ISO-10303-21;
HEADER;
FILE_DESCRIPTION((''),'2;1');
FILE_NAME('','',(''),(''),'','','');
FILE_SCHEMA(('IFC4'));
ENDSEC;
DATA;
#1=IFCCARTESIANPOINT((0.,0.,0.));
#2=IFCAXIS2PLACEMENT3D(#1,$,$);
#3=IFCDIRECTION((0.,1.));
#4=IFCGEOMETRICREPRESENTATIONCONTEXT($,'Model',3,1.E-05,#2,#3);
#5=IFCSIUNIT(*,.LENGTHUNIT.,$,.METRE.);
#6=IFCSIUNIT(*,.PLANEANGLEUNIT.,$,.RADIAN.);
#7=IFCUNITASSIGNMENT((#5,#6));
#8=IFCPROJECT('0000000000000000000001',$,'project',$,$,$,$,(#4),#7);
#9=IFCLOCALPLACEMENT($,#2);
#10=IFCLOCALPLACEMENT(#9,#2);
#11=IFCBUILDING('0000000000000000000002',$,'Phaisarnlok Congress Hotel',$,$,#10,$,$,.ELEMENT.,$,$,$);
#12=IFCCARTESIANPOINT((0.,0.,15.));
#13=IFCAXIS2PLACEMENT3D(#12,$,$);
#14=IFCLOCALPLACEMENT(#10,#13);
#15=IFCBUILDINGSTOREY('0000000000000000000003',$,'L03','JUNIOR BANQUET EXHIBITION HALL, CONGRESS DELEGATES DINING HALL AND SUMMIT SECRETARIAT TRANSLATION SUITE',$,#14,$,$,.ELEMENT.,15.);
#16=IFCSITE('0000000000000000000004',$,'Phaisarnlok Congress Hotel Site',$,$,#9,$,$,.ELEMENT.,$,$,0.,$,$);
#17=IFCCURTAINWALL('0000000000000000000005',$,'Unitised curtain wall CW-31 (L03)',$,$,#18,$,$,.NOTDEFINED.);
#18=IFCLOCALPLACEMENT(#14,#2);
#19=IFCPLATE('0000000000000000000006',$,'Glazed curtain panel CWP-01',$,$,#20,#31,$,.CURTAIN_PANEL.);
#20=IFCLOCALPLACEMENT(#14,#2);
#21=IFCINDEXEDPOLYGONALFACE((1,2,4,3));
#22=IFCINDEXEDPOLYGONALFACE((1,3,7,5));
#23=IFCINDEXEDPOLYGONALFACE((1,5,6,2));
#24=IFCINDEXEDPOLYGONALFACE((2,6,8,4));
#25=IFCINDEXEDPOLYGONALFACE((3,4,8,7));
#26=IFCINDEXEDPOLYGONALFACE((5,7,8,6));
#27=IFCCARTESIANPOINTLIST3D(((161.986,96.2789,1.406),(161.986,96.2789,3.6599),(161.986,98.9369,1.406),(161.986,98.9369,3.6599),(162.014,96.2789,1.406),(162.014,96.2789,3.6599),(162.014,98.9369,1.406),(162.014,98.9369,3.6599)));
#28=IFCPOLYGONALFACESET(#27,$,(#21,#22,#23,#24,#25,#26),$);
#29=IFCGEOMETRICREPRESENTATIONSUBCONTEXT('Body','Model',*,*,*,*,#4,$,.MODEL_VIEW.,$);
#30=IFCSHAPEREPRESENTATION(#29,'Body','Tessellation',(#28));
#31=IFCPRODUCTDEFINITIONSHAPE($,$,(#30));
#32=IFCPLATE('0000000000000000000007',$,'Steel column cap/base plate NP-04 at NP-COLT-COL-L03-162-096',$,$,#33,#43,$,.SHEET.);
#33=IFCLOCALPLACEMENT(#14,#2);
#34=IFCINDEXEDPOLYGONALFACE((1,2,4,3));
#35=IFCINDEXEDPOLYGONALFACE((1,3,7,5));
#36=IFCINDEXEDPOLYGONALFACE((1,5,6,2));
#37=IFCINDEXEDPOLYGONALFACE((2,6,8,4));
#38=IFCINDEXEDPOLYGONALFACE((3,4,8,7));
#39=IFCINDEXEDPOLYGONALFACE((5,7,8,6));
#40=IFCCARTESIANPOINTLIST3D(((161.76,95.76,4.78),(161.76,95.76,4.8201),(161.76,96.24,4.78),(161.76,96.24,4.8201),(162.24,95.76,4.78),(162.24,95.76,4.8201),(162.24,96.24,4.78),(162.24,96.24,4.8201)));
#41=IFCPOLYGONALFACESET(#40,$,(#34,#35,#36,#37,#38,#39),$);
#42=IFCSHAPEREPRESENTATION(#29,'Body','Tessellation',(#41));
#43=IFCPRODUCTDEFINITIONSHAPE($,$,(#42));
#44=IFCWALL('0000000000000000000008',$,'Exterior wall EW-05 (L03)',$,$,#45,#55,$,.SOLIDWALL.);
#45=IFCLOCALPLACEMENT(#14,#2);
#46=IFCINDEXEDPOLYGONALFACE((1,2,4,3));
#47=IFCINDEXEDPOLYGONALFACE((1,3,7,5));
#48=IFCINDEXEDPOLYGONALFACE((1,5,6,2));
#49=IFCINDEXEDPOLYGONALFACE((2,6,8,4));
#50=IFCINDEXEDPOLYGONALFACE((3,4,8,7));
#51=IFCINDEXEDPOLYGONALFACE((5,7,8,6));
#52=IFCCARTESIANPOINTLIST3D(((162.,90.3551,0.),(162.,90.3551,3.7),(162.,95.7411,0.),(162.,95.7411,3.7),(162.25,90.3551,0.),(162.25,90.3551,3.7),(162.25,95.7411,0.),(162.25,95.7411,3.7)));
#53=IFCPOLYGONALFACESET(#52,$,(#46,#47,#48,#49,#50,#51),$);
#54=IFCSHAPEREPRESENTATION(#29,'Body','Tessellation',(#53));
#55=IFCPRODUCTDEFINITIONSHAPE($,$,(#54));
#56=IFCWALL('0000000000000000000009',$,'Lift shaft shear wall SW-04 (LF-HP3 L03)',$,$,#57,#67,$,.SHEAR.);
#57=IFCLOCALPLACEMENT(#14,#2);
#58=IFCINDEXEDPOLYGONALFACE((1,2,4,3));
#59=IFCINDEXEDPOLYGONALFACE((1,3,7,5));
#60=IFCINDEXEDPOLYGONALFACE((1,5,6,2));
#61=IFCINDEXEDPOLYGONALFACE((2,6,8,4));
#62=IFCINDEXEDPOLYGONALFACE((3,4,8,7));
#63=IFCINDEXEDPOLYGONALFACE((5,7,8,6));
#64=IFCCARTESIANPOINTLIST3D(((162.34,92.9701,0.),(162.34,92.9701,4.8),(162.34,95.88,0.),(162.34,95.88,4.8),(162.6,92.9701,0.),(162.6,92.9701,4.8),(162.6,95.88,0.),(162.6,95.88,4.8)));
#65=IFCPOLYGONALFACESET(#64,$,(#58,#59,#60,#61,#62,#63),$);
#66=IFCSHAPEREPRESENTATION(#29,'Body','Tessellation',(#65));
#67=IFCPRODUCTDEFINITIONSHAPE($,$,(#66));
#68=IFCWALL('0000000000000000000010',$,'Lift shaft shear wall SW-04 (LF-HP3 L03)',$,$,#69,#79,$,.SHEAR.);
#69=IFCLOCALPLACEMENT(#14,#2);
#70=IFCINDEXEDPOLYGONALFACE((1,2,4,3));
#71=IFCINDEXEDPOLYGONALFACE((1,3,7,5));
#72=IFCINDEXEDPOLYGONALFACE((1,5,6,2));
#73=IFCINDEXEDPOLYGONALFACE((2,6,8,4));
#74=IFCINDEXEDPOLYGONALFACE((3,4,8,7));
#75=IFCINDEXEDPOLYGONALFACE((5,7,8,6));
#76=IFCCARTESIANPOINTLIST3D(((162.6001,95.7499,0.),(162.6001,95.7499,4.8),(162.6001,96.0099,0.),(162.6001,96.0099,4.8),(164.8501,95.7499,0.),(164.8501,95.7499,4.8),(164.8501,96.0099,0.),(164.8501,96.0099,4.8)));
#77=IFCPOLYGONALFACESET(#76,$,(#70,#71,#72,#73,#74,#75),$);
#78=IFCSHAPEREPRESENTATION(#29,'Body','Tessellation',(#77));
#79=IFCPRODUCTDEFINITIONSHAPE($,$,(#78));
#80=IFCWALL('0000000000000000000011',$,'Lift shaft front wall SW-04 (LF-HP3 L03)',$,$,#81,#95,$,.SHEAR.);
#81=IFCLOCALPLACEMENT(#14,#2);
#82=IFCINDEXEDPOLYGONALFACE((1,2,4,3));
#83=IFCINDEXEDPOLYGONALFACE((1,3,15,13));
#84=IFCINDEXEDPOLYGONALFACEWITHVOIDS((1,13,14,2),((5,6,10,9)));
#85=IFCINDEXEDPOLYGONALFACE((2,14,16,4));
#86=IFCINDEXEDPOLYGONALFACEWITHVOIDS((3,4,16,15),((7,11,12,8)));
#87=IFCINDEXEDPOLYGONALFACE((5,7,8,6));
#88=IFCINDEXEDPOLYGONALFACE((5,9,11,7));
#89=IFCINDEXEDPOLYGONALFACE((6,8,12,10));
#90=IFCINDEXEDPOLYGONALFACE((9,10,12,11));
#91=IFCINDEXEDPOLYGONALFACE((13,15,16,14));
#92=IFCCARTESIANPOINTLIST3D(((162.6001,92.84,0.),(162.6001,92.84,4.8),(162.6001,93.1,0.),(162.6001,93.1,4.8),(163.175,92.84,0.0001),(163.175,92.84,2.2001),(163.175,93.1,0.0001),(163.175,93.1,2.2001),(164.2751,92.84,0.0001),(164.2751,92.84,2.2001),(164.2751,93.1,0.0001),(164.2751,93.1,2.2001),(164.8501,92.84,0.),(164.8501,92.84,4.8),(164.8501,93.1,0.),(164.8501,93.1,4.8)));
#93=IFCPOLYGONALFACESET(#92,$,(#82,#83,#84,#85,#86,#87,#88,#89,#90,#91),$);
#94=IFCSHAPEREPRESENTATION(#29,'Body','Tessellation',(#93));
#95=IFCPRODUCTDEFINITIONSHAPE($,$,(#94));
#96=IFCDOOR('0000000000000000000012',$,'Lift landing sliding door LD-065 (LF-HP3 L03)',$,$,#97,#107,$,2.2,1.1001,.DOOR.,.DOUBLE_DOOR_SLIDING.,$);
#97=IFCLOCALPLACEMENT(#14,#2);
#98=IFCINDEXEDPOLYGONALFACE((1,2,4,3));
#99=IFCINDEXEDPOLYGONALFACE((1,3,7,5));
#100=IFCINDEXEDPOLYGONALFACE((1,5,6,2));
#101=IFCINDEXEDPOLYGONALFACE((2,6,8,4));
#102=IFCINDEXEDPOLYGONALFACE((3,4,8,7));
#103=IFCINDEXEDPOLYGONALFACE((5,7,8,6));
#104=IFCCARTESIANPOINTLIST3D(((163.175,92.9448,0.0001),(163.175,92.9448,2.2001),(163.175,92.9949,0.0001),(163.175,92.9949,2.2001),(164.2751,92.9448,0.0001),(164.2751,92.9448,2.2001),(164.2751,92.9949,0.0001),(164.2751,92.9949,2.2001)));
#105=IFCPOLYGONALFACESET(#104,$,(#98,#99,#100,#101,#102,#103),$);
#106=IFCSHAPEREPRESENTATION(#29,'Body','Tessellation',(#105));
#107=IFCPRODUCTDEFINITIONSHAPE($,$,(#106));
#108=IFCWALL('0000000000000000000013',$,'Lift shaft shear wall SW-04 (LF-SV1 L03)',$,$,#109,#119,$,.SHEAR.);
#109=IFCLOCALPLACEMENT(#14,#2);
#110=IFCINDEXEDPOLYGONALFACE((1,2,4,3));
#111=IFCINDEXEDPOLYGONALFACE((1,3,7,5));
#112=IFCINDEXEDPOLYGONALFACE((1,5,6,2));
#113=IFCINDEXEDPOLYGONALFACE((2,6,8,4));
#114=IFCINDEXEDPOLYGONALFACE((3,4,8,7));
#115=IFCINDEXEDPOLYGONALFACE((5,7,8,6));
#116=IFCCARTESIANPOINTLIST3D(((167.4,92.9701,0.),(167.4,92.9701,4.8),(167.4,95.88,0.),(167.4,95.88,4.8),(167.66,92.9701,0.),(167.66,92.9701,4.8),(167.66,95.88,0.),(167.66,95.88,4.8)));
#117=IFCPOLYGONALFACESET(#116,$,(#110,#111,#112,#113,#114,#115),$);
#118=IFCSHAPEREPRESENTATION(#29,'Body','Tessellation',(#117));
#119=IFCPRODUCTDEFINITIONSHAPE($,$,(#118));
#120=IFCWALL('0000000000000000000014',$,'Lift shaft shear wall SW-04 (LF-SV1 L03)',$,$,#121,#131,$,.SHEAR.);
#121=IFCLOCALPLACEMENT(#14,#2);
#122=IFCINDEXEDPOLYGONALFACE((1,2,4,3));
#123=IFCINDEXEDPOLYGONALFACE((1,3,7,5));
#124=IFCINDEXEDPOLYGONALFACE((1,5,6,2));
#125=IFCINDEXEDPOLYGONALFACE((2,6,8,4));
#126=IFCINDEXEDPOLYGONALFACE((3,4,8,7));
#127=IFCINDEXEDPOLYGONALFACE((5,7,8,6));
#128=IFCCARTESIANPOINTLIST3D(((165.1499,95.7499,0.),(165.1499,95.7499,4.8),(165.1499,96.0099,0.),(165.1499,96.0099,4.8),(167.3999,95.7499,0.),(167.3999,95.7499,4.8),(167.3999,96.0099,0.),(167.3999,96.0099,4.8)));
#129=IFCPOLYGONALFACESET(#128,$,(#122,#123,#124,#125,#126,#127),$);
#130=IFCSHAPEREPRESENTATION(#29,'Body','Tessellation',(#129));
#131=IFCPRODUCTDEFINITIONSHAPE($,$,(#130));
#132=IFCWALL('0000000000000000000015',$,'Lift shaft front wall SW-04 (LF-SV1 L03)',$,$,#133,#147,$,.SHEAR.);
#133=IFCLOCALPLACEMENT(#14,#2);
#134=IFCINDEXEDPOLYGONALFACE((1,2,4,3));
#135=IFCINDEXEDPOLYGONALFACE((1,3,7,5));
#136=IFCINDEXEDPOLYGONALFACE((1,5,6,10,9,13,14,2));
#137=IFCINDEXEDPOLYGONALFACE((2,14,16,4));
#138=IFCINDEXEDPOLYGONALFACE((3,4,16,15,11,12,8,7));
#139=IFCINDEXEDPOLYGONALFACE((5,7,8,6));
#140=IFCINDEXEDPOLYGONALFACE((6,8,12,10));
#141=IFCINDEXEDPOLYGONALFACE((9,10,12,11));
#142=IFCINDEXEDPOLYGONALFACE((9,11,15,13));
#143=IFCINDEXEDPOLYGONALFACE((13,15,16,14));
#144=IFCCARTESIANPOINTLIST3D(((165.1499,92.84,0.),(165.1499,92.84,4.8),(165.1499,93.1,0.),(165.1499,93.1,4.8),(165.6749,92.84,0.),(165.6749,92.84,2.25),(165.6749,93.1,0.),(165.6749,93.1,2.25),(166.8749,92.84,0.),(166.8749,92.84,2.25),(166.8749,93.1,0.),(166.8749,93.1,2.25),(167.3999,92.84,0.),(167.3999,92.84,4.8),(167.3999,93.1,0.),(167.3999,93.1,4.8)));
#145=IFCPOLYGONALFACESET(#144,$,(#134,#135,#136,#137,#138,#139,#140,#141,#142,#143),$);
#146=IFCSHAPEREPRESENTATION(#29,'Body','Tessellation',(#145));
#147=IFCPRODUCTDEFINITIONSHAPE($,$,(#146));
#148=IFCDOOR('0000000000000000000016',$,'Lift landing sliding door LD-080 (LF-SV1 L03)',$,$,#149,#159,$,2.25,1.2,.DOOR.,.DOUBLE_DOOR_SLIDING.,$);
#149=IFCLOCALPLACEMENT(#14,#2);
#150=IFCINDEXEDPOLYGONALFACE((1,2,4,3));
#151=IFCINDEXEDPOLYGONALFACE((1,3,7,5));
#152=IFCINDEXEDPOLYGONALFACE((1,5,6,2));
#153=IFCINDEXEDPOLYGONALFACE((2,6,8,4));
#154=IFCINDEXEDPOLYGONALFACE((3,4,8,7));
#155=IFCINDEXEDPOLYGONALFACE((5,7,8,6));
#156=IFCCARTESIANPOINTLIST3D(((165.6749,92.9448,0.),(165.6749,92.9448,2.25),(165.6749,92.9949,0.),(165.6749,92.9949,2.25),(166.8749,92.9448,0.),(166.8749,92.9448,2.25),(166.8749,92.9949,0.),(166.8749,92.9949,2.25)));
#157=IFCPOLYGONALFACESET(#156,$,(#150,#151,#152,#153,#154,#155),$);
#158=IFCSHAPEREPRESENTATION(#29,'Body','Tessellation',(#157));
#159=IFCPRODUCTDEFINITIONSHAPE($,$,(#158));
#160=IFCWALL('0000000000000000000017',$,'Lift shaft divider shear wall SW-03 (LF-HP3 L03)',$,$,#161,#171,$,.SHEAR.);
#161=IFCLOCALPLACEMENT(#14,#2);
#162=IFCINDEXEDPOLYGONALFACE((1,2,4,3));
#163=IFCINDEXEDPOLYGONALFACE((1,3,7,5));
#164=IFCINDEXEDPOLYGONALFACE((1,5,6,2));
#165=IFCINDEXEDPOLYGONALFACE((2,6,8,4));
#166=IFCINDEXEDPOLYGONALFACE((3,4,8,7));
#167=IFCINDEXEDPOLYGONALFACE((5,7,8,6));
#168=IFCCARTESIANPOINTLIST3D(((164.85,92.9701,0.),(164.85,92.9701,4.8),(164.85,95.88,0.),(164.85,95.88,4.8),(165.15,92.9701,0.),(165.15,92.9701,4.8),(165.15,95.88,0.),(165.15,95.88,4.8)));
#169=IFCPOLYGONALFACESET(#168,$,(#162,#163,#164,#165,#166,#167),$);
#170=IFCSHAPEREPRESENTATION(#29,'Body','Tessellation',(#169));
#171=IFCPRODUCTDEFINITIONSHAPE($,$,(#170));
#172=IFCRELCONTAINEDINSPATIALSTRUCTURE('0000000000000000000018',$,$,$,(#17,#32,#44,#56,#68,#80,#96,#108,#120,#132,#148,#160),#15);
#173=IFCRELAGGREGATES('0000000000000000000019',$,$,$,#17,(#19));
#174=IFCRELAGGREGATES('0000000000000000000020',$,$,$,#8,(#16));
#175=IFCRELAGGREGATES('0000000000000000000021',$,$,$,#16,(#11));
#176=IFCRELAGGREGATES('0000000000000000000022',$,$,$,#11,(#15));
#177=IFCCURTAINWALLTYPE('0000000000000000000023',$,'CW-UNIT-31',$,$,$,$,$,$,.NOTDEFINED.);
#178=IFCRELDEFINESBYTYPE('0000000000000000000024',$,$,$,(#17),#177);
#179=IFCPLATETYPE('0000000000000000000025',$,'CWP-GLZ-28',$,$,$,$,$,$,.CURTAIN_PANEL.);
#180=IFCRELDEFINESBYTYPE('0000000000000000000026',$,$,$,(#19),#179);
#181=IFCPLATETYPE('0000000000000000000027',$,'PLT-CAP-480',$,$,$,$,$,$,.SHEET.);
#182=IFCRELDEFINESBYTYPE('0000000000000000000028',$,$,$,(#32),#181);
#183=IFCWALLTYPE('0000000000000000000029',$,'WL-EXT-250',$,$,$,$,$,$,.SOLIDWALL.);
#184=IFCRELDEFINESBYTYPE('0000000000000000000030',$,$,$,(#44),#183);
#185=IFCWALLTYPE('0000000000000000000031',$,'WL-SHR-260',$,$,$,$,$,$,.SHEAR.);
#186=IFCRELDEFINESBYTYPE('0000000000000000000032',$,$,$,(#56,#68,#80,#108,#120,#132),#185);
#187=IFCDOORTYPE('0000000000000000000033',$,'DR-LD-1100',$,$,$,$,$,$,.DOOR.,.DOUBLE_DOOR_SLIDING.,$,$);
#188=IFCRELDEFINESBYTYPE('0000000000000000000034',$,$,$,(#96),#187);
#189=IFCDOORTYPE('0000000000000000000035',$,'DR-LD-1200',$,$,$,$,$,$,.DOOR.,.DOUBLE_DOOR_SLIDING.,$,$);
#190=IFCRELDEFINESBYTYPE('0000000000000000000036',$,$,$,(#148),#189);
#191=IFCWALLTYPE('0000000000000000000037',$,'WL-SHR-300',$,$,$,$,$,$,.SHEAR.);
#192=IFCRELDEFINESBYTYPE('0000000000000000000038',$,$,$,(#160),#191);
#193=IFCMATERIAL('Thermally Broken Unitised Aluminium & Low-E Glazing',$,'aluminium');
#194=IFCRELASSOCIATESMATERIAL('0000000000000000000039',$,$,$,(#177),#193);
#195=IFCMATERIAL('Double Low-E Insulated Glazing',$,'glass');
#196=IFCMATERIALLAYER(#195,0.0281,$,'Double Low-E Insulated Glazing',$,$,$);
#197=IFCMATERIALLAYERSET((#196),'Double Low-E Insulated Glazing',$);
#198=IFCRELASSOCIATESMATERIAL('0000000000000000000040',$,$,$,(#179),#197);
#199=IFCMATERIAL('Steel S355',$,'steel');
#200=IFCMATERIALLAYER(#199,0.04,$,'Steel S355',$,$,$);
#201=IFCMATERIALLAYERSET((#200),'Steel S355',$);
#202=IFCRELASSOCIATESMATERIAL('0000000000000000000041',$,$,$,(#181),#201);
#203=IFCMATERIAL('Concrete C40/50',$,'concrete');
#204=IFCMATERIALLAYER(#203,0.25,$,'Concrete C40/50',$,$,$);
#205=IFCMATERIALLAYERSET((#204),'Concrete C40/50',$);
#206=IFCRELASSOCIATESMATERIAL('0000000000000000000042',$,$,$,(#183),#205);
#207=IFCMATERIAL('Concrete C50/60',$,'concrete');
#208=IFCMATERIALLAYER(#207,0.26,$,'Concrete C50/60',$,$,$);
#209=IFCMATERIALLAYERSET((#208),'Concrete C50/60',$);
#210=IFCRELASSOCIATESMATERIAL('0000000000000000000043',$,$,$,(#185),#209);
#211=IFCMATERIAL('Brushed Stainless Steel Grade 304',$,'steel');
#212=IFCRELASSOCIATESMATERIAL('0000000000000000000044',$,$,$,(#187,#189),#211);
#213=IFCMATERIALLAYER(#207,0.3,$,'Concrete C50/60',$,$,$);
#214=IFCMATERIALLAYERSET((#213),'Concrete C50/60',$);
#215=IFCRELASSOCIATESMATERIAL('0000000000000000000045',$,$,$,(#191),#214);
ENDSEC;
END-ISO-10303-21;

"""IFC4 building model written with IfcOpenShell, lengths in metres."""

from ifc_helpers import new_model, si_unit, direction, frame, frame_2d, origin, origin_2d, place, context, subcontext, project, spatial, rectangle, extrude, material, layer, layer_set, type_object, element, fill, aggregate, save


model = new_model("IFC4")

# Units and contexts
model_context = context("Model", 3, precision=1e-05, world=origin(), true_north=direction((0.0, 1.0)))
body_context = subcontext(model_context, "Body", "Model", "MODEL_VIEW")
ifc_project = project(units=[si_unit("LENGTHUNIT", "METRE"), si_unit("PLANEANGLEUNIT", "RADIAN")], contexts=[model_context])

# Site, building, storey
site_placement = place(None, origin())
site = spatial("IfcSite", under=ifc_project, at=site_placement, Name="Phaisarnlok Congress Hotel Site", CompositionType="ELEMENT", RefElevation=0.0)
building_placement = place(site_placement, origin())
building = spatial("IfcBuilding", under=site, at=building_placement, Name="Phaisarnlok Congress Hotel", CompositionType="ELEMENT")
storey_placement = place(building_placement, frame((0.0, 0.0, 15.0)))
storey = spatial("IfcBuildingStorey", under=building, at=storey_placement, Name="L03", Description="JUNIOR BANQUET EXHIBITION HALL, CONGRESS DELEGATES DINING HALL AND SUMMIT SECRETARIAT TRANSLATION SUITE", CompositionType="ELEMENT", Elevation=15.0)

# Shared definitions
ifc_material_1 = material(Name="Concrete C50/60", Category="concrete")
ifc_material_2 = material(Name="Steel S355", Category="steel")

# Shared definitions
ifc_material_3 = material(Name="Concrete C40/50", Category="concrete")

# Curtain wall
ifc_material_4 = material(Name="Thermally Broken Unitised Aluminium & Low-E Glazing", Category="aluminium")
curtain_wall_type = type_object("IfcCurtainWallType", Name="CW-UNIT-31", PredefinedType="NOTDEFINED", material=ifc_material_4)
curtain_wall_placement = place(storey_placement, origin())
curtain_wall = element("IfcCurtainWall", 1, at=curtain_wall_placement, inside=storey, type_object=curtain_wall_type, Name="Unitised curtain wall CW-31 (L03)", PredefinedType="NOTDEFINED")

# Plates
ifc_material_5 = material(Name="Double Low-E Insulated Glazing", Category="glass")
ifc_layer_1 = layer(ifc_material_5, 0.0281, Name="Double Low-E Insulated Glazing")
ifc_layer_set_1 = layer_set([ifc_layer_1], Name="Double Low-E Insulated Glazing")
plate_type_1 = type_object("IfcPlateType", Name="CWP-GLZ-28", PredefinedType="CURTAIN_PANEL", material=ifc_layer_set_1)
plate_1_placement = place(storey_placement, frame((162.0, 98.937, 1.406), z_axis=(0.0, 0.0, 1.0), x_axis=(0.0, -1.0, 0.0)))
plate_1 = element("IfcPlate", 2, at=plate_1_placement, type_object=plate_type_1, Name="Glazed curtain panel CWP-01", PredefinedType="CURTAIN_PANEL", context=body_context, shape_type="SweptSolid", body=[
    extrude(rectangle(XDim=2.658, YDim=0.0281, at=frame_2d((1.3291, 0.0))), origin(), (0.0, 0.0, 1.0), 2.2539),
])
aggregate(curtain_wall, [plate_1])
ifc_layer_2 = layer(ifc_material_2, 0.04, Name="Steel S355")
ifc_layer_set_2 = layer_set([ifc_layer_2], Name="Steel S355")
plate_type_2 = type_object("IfcPlateType", Name="PLT-CAP-480", PredefinedType="SHEET", material=ifc_layer_set_2)
plate_2_placement = place(storey_placement, frame((162.0, 96.0, 4.78), z_axis=(0.0, 0.0, 1.0), x_axis=(1.0, 0.0, 0.0)))
element("IfcPlate", 3, at=plate_2_placement, inside=storey, type_object=plate_type_2, Name="Steel column cap/base plate NP-04 at NP-COLT-COL-L03-162-096", PredefinedType="SHEET", context=body_context, shape_type="SweptSolid", body=[
    extrude(rectangle(XDim=0.48, YDim=0.48, at=origin_2d()), origin(), (0.0, 0.0, 1.0), 0.04),
])

# Walls
ifc_layer_3 = layer(ifc_material_3, 0.25, Name="Concrete C40/50")
ifc_layer_set_3 = layer_set([ifc_layer_3], Name="Concrete C40/50")
wall_type_1 = type_object("IfcWallType", Name="WL-EXT-250", PredefinedType="SOLIDWALL", material=ifc_layer_set_3)
wall_1_placement = place(storey_placement, frame((162.125, 95.741, 0.0), z_axis=(0.0, 0.0, 1.0), x_axis=(0.0, -1.0, 0.0)))
element("IfcWall", 4, at=wall_1_placement, inside=storey, type_object=wall_type_1, Name="Exterior wall EW-05 (L03)", PredefinedType="SOLIDWALL", context=body_context, shape_type="SweptSolid", body=[
    extrude(rectangle(XDim=5.386, YDim=0.25, at=frame_2d((2.6929, 0.0))), origin(), (0.0, 0.0, 1.0), 3.7),
])
ifc_layer_4 = layer(ifc_material_1, 0.26, Name="Concrete C50/60")
ifc_layer_set_4 = layer_set([ifc_layer_4], Name="Concrete C50/60")
wall_type_2 = type_object("IfcWallType", Name="WL-SHR-260", PredefinedType="SHEAR", material=ifc_layer_set_4)
wall_2_placement = place(storey_placement, frame((162.47, 92.97, 0.0), z_axis=(0.0, 0.0, 1.0), x_axis=(0.0, 1.0, 0.0)))
element("IfcWall", 5, at=wall_2_placement, inside=storey, type_object=wall_type_2, Name="Lift shaft shear wall SW-04 (LF-HP3 L03)", PredefinedType="SHEAR", context=body_context, shape_type="SweptSolid", body=[
    extrude(rectangle(XDim=2.9099, YDim=0.26, at=frame_2d((1.4551, 0.0))), origin(), (0.0, 0.0, 1.0), 4.8),
])
wall_3_placement = place(storey_placement, frame((162.6001, 95.8799, 0.0), z_axis=(0.0, 0.0, 1.0), x_axis=(1.0, 0.0, 0.0)))
element("IfcWall", 6, at=wall_3_placement, inside=storey, type_object=wall_type_2, Name="Lift shaft shear wall SW-04 (LF-HP3 L03)", PredefinedType="SHEAR", context=body_context, shape_type="SweptSolid", body=[
    extrude(rectangle(XDim=2.25, YDim=0.26, at=frame_2d((1.125, 0.0))), origin(), (0.0, 0.0, 1.0), 4.8),
])

# Wall, opening, door
wall_4_placement = place(storey_placement, frame((162.6001, 92.97, 0.0), z_axis=(0.0, 0.0, 1.0), x_axis=(1.0, 0.0, 0.0)))
wall_4 = element("IfcWall", 7, at=wall_4_placement, inside=storey, type_object=wall_type_2, Name="Lift shaft front wall SW-04 (LF-HP3 L03)", PredefinedType="SHEAR", context=body_context, shape_type="SweptSolid", body=[
    extrude(rectangle(XDim=2.25, YDim=0.26, at=frame_2d((1.125, 0.0))), origin(), (0.0, 0.0, 1.0), 4.8),
])
opening_1_placement = place(wall_4_placement, frame((0.575, 0.0, 0.0)))
opening_1 = element("IfcOpeningElement", 8, at=opening_1_placement, cuts=wall_4, PredefinedType="OPENING", context=body_context, shape_type="SweptSolid", body=[
    extrude(rectangle(XDim=1.1001, YDim=2.2, at=frame_2d((0.55, 1.1001))), frame((0.0, 0.1401, 0.0), z_axis=(0.0, -1.0, 0.0), x_axis=(1.0, 0.0, 0.0)), (0.0, 0.0, 1.0), 0.28),
])
ifc_material_6 = material(Name="Brushed Stainless Steel Grade 304", Category="steel")
door_type_1 = type_object("IfcDoorType", Name="DR-LD-1100", OperationType="DOUBLE_DOOR_SLIDING", PredefinedType="DOOR", material=ifc_material_6)
door_1_placement = place(opening_1_placement, origin())
door_1 = element("IfcDoor", 9, at=door_1_placement, inside=storey, type_object=door_type_1, Name="Lift landing sliding door LD-065 (LF-HP3 L03)", OperationType="DOUBLE_DOOR_SLIDING", OverallHeight=2.2, OverallWidth=1.1001, PredefinedType="DOOR", context=body_context, shape_type="SweptSolid", body=[
    extrude(rectangle(XDim=1.1001, YDim=2.2, at=frame_2d((0.55, 1.1001))), frame((0.0, 0.0249, 0.0), z_axis=(0.0, -1.0, 0.0), x_axis=(1.0, 0.0, 0.0)), (0.0, 0.0, 1.0), 0.05),
])
fill(opening_1, door_1)

# Walls
wall_5_placement = place(storey_placement, frame((167.53, 92.97, 0.0), z_axis=(0.0, 0.0, 1.0), x_axis=(0.0, 1.0, 0.0)))
element("IfcWall", 10, at=wall_5_placement, inside=storey, type_object=wall_type_2, Name="Lift shaft shear wall SW-04 (LF-SV1 L03)", PredefinedType="SHEAR", context=body_context, shape_type="SweptSolid", body=[
    extrude(rectangle(XDim=2.9099, YDim=0.26, at=frame_2d((1.4551, 0.0))), origin(), (0.0, 0.0, 1.0), 4.8),
])
wall_6_placement = place(storey_placement, frame((165.1499, 95.8799, 0.0), z_axis=(0.0, 0.0, 1.0), x_axis=(1.0, 0.0, 0.0)))
element("IfcWall", 11, at=wall_6_placement, inside=storey, type_object=wall_type_2, Name="Lift shaft shear wall SW-04 (LF-SV1 L03)", PredefinedType="SHEAR", context=body_context, shape_type="SweptSolid", body=[
    extrude(rectangle(XDim=2.25, YDim=0.26, at=frame_2d((1.125, 0.0))), origin(), (0.0, 0.0, 1.0), 4.8),
])

# Wall, opening, door
wall_7_placement = place(storey_placement, frame((165.1499, 92.97, 0.0), z_axis=(0.0, 0.0, 1.0), x_axis=(1.0, 0.0, 0.0)))
wall_7 = element("IfcWall", 12, at=wall_7_placement, inside=storey, type_object=wall_type_2, Name="Lift shaft front wall SW-04 (LF-SV1 L03)", PredefinedType="SHEAR", context=body_context, shape_type="SweptSolid", body=[
    extrude(rectangle(XDim=2.25, YDim=0.26, at=frame_2d((1.125, 0.0))), origin(), (0.0, 0.0, 1.0), 4.8),
])
opening_2_placement = place(wall_7_placement, frame((0.5249, 0.0, 0.0)))
opening_2 = element("IfcOpeningElement", 13, at=opening_2_placement, cuts=wall_7, PredefinedType="OPENING", context=body_context, shape_type="SweptSolid", body=[
    extrude(rectangle(XDim=1.2, YDim=2.25, at=frame_2d((0.6001, 1.125))), frame((0.0, 0.1401, 0.0), z_axis=(0.0, -1.0, 0.0), x_axis=(1.0, 0.0, 0.0)), (0.0, 0.0, 1.0), 0.28),
])
door_type_2 = type_object("IfcDoorType", Name="DR-LD-1200", OperationType="DOUBLE_DOOR_SLIDING", PredefinedType="DOOR", material=ifc_material_6)
door_2_placement = place(opening_2_placement, origin())
door_2 = element("IfcDoor", 14, at=door_2_placement, inside=storey, type_object=door_type_2, Name="Lift landing sliding door LD-080 (LF-SV1 L03)", OperationType="DOUBLE_DOOR_SLIDING", OverallHeight=2.25, OverallWidth=1.2, PredefinedType="DOOR", context=body_context, shape_type="SweptSolid", body=[
    extrude(rectangle(XDim=1.2, YDim=2.25, at=frame_2d((0.6001, 1.125))), frame((0.0, 0.0249, 0.0), z_axis=(0.0, -1.0, 0.0), x_axis=(1.0, 0.0, 0.0)), (0.0, 0.0, 1.0), 0.05),
])
fill(opening_2, door_2)

# Wall
ifc_layer_5 = layer(ifc_material_1, 0.3, Name="Concrete C50/60")
ifc_layer_set_5 = layer_set([ifc_layer_5], Name="Concrete C50/60")
wall_type_3 = type_object("IfcWallType", Name="WL-SHR-300", PredefinedType="SHEAR", material=ifc_layer_set_5)
wall_8_placement = place(storey_placement, frame((165.0, 92.97, 0.0), z_axis=(0.0, 0.0, 1.0), x_axis=(0.0, 1.0, 0.0)))
element("IfcWall", 15, at=wall_8_placement, inside=storey, type_object=wall_type_3, Name="Lift shaft divider shear wall SW-03 (LF-HP3 L03)", PredefinedType="SHEAR", context=body_context, shape_type="SweptSolid", body=[
    extrude(rectangle(XDim=2.9099, YDim=0.3, at=frame_2d((1.4551, 0.0))), origin(), (0.0, 0.0, 1.0), 4.8),
])

save(model, "model.ifc")
